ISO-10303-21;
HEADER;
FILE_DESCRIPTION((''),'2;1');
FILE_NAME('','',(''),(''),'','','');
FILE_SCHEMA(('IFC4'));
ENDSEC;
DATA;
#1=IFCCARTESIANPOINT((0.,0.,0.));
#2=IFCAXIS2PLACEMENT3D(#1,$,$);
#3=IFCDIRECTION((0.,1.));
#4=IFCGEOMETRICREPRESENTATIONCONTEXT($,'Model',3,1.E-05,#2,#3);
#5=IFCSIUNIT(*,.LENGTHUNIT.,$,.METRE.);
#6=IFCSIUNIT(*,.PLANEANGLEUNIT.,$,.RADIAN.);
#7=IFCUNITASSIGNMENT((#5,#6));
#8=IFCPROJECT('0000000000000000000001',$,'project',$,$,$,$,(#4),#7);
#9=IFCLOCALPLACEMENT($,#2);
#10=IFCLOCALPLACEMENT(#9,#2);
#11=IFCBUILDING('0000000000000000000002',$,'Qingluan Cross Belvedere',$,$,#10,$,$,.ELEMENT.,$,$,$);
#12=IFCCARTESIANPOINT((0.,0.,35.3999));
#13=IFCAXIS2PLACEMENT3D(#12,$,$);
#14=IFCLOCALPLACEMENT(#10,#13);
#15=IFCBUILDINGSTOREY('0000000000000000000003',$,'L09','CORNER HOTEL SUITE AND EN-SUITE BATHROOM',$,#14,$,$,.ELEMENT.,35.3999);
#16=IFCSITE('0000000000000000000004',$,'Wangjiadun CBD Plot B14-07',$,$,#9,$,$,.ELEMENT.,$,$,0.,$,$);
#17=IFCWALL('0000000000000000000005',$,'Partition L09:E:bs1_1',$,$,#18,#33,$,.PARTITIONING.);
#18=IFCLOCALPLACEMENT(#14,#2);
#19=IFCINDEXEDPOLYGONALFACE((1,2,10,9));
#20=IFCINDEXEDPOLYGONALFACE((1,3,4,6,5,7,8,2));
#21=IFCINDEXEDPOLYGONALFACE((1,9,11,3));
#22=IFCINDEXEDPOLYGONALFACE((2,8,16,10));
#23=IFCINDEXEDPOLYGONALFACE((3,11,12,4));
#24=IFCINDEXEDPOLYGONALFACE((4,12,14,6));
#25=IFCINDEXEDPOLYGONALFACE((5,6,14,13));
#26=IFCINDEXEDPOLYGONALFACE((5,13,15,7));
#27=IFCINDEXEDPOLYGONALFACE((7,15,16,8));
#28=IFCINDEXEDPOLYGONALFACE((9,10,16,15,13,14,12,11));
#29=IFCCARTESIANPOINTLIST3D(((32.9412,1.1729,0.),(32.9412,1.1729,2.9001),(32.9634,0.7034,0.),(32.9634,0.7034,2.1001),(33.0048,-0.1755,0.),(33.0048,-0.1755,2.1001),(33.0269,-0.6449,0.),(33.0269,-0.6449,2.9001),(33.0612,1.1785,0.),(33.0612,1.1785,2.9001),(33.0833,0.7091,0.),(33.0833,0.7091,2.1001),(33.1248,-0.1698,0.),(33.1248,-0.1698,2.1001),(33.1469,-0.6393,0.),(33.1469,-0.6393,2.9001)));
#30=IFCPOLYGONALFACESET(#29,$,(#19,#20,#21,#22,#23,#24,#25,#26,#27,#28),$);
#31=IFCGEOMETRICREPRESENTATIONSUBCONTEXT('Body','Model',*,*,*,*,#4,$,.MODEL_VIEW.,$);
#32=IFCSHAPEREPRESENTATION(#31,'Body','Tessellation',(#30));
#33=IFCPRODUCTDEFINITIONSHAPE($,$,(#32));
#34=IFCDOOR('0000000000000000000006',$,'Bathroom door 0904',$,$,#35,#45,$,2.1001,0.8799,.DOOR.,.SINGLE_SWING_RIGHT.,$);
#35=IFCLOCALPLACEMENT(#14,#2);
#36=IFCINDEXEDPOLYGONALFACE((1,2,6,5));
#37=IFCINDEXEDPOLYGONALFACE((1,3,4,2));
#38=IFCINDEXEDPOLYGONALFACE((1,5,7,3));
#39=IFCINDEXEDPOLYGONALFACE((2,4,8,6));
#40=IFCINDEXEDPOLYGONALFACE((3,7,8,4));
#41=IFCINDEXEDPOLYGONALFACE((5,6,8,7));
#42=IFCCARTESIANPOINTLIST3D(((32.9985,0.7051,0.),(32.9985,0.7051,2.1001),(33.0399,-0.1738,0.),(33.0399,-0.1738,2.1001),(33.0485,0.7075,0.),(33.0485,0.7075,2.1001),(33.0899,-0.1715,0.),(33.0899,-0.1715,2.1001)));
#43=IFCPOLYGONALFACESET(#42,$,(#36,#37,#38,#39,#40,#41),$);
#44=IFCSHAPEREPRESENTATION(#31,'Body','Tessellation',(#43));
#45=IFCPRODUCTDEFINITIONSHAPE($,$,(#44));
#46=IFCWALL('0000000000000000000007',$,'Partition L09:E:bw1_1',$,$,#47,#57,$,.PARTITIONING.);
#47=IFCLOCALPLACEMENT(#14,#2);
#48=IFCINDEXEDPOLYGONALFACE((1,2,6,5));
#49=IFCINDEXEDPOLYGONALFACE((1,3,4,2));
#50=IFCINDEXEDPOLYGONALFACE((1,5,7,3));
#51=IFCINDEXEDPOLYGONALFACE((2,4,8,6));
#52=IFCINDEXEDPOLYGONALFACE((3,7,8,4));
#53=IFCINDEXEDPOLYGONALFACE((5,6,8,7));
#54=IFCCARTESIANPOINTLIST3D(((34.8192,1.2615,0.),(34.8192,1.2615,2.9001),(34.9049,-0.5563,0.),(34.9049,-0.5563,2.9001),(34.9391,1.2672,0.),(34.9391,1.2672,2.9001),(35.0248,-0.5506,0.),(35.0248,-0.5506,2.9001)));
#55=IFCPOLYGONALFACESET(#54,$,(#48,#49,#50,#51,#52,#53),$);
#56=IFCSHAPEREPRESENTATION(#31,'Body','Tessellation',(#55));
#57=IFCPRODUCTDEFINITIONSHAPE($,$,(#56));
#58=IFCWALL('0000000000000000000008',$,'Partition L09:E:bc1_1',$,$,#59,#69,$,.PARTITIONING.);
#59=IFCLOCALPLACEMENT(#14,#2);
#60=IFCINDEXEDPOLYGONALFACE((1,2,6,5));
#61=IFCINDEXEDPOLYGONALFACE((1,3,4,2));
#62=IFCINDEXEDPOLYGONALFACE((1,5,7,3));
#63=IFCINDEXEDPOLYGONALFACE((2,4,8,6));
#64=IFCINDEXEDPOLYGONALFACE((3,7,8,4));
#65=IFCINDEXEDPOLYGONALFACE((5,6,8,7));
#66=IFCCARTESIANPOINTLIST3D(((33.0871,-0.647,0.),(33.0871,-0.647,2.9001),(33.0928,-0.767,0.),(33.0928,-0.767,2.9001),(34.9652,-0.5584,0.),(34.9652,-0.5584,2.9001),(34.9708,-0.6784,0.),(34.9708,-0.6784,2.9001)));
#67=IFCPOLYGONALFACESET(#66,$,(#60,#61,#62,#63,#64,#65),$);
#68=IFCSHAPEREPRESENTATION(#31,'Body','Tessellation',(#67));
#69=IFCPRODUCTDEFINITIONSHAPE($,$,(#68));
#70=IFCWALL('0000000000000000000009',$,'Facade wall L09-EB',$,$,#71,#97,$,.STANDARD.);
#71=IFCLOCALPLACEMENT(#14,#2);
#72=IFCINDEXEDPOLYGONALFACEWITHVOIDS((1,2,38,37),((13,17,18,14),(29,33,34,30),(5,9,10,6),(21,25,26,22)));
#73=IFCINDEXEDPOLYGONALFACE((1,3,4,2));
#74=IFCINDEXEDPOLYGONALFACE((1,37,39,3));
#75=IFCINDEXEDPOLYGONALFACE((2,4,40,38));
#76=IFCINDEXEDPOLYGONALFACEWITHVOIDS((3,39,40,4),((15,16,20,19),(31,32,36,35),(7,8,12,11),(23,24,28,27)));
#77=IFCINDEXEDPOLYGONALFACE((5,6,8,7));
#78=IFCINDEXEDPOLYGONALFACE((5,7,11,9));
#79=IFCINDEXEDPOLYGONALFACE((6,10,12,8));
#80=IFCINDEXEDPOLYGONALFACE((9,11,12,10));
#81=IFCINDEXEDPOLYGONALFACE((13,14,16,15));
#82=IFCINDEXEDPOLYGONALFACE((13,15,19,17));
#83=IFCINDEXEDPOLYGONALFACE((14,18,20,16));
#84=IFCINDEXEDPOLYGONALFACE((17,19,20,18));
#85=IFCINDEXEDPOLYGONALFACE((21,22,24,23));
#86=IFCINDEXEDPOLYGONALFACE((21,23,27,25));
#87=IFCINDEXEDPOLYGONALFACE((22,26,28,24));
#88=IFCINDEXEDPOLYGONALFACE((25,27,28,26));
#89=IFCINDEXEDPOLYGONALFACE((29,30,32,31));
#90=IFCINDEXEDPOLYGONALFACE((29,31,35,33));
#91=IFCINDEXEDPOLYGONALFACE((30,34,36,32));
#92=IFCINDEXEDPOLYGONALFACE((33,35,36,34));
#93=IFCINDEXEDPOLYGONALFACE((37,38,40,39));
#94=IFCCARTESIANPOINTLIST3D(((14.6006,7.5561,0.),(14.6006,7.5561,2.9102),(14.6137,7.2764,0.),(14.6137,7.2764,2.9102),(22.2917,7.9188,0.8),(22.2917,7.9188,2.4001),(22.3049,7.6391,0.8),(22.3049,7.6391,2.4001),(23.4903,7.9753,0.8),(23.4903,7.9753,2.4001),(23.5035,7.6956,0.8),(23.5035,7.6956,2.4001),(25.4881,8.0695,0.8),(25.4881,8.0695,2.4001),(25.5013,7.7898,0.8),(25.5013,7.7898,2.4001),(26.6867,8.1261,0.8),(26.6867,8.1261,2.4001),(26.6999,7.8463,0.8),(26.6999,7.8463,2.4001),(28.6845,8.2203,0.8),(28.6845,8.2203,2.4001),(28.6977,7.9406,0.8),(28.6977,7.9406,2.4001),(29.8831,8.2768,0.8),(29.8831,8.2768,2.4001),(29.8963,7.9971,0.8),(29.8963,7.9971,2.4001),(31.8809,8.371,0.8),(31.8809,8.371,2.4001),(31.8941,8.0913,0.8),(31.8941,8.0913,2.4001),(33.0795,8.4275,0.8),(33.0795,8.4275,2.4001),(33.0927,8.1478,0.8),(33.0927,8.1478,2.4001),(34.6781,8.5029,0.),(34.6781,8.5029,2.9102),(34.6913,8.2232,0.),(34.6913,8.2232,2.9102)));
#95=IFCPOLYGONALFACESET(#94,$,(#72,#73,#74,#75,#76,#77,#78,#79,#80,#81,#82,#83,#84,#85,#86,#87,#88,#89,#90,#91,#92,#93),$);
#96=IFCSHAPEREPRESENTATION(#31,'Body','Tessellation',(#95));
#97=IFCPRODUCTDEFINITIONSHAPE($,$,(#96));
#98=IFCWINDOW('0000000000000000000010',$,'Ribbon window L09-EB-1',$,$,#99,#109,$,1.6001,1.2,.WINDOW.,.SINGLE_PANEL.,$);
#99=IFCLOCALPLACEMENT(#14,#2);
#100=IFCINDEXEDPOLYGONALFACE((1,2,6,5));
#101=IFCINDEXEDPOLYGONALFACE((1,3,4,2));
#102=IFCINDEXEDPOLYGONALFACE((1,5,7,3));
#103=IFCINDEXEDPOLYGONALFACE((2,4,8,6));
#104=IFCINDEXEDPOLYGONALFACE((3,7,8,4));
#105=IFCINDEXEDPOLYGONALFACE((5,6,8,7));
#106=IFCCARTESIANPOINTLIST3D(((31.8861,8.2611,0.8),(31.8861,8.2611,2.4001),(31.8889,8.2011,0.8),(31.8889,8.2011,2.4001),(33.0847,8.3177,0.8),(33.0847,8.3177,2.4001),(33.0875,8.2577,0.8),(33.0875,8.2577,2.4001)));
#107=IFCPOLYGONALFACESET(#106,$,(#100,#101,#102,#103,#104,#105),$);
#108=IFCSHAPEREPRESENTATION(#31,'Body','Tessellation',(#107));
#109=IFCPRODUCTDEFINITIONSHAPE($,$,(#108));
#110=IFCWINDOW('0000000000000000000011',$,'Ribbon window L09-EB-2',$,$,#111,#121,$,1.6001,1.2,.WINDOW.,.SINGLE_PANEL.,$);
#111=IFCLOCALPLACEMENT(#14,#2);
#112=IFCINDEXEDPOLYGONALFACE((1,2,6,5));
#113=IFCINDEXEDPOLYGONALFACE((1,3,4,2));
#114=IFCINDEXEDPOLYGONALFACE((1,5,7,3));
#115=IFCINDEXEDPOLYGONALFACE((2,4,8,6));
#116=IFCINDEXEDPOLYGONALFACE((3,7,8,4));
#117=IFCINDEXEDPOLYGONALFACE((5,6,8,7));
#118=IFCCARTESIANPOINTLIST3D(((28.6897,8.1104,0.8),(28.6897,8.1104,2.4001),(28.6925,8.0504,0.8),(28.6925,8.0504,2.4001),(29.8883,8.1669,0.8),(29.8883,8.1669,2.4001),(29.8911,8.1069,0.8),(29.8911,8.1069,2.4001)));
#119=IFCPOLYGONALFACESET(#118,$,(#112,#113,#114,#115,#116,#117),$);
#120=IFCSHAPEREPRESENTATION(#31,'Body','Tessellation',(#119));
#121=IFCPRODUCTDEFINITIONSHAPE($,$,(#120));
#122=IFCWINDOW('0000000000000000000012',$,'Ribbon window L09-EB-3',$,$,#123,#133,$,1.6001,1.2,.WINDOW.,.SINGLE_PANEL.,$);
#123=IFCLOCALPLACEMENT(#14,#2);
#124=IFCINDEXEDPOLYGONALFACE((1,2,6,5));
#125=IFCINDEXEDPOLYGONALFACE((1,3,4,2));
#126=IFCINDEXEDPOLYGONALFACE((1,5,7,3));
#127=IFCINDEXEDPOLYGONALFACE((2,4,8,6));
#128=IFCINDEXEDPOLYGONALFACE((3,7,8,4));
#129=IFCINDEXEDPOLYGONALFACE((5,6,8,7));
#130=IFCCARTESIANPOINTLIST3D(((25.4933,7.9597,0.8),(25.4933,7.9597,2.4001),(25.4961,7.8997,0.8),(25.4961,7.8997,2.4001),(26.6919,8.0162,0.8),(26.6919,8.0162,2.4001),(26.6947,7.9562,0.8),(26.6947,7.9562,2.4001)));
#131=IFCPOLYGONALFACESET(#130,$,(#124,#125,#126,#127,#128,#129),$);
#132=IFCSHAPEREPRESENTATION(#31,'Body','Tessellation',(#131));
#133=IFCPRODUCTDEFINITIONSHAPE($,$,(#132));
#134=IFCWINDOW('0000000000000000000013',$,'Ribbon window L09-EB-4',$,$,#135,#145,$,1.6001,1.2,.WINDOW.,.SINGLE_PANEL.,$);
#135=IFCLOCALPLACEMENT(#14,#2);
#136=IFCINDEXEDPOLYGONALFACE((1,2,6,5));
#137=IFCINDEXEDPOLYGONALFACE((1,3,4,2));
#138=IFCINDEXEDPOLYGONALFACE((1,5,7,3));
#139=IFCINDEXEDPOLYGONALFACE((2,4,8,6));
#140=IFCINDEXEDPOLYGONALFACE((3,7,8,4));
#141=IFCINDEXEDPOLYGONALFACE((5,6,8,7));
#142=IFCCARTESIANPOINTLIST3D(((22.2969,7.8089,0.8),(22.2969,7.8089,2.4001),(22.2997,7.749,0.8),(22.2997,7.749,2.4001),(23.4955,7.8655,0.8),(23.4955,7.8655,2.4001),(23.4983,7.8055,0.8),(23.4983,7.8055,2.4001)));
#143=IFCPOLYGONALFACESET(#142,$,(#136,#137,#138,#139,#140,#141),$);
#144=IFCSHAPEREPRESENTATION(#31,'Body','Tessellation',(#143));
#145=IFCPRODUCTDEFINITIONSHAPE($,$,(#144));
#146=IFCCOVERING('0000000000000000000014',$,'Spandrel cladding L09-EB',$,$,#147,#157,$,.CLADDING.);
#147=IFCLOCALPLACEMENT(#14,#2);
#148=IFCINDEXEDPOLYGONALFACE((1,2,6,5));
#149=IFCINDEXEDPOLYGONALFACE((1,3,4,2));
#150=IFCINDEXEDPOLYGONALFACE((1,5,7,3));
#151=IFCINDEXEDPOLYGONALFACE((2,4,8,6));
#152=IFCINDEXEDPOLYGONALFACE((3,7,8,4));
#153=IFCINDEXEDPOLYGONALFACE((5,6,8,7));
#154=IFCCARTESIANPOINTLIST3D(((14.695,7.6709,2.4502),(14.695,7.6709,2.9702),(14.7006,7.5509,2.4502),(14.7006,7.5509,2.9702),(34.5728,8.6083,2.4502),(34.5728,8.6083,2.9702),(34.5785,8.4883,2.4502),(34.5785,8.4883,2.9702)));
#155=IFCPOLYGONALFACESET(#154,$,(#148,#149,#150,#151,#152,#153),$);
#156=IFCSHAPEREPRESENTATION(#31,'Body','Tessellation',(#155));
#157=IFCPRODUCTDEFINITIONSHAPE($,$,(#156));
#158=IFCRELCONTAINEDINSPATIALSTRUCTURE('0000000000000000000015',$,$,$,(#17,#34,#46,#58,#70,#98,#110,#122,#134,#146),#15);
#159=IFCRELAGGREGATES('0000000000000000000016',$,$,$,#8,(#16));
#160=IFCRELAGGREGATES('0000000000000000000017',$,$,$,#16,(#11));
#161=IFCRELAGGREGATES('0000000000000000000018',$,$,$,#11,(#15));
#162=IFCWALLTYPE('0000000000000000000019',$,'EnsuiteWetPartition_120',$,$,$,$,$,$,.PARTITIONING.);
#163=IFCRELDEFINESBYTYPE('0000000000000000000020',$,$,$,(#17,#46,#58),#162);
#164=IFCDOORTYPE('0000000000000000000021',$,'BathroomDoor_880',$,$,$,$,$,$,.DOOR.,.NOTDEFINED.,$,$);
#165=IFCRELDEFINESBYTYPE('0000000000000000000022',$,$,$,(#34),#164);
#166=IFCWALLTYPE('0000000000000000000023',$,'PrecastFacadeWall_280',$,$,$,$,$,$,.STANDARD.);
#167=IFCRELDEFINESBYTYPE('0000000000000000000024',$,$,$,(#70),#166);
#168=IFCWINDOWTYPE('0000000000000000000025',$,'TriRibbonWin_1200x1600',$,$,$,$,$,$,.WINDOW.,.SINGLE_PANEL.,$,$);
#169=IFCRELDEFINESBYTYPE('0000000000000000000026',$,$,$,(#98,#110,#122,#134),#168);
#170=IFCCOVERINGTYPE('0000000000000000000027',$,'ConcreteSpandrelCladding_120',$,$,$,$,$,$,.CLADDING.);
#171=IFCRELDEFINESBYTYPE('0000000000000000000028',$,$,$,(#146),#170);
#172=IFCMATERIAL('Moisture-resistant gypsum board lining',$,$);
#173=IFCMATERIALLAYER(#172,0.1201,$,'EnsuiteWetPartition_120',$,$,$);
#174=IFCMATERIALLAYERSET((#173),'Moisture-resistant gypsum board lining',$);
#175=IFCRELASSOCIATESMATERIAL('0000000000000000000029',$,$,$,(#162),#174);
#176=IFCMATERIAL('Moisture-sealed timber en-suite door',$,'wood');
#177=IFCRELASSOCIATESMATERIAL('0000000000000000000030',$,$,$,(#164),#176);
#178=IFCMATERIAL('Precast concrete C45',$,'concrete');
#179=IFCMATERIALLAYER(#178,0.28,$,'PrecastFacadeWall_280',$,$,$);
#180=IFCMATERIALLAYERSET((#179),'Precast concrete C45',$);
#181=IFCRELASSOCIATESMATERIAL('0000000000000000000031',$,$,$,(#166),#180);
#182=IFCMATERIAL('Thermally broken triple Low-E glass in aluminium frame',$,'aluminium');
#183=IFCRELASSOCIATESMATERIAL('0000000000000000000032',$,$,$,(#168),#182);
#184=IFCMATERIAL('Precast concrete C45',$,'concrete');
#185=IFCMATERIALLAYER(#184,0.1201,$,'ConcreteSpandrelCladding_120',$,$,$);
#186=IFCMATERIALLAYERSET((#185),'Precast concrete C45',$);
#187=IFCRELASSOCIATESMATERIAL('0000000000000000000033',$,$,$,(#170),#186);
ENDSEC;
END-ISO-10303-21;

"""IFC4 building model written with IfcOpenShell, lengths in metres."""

from ifc_helpers import new_model, si_unit, direction, frame, frame_2d, origin, origin_2d, place, context, subcontext, project, spatial, rectangle, extrude, material, layer, layer_set, type_object, element, fill, save


model = new_model("IFC4")

# Units and contexts
model_context = context("Model", 3, precision=1e-05, world=origin(), true_north=direction((0.0, 1.0)))
body_context = subcontext(model_context, "Body", "Model", "MODEL_VIEW")
ifc_project = project(units=[si_unit("LENGTHUNIT", "METRE"), si_unit("PLANEANGLEUNIT", "RADIAN")], contexts=[model_context])

# Site, building, storey
site_placement = place(None, origin())
site = spatial("IfcSite", under=ifc_project, at=site_placement, Name="Wangjiadun CBD Plot B14-07", CompositionType="ELEMENT", RefElevation=0.0)
building_placement = place(site_placement, origin())
building = spatial("IfcBuilding", under=site, at=building_placement, Name="Qingluan Cross Belvedere", CompositionType="ELEMENT")
storey_placement = place(building_placement, frame((0.0, 0.0, 35.3999)))
storey = spatial("IfcBuildingStorey", under=building, at=storey_placement, Name="L09", Description="CORNER HOTEL SUITE AND EN-SUITE BATHROOM", CompositionType="ELEMENT", Elevation=35.3999)

# Shared definitions
ifc_material_1 = material(Name="Moisture-resistant gypsum board lining")
ifc_layer_1 = layer(ifc_material_1, 0.1201, Name="EnsuiteWetPartition_120")
ifc_layer_set_1 = layer_set([ifc_layer_1], Name="Moisture-resistant gypsum board lining")
wall_type_1 = type_object("IfcWallType", Name="EnsuiteWetPartition_120", PredefinedType="PARTITIONING", material=ifc_layer_set_1)
ifc_material_2 = material(Name="Moisture-sealed timber en-suite door", Category="wood")
door_type = type_object("IfcDoorType", Name="BathroomDoor_880", OperationType="NOTDEFINED", PredefinedType="DOOR", material=ifc_material_2)

# Wall, opening, door
wall_1_placement = place(storey_placement, frame((33.0869, -0.6421, 0.0), z_axis=(0.0, 0.0, 1.0), x_axis=(-0.047087, 0.998891, 0.0)))
wall_1 = element("IfcWall", 1, at=wall_1_placement, inside=storey, type_object=wall_type_1, Name="Partition L09:E:bs1_1", PredefinedType="PARTITIONING", context=body_context, shape_type="SweptSolid", body=[
    extrude(rectangle(XDim=1.8198, YDim=0.1201, at=frame_2d((0.9099, 0.0))), origin(), (0.0, 0.0, 1.0), 2.9001),
])
opening_1_placement = place(wall_1_placement, frame((0.47, 0.0, 0.0)))
opening_1 = element("IfcOpeningElement", 2, at=opening_1_placement, cuts=wall_1, PredefinedType="OPENING", context=body_context, shape_type="SweptSolid", body=[
    extrude(rectangle(XDim=0.8799, YDim=2.1001, at=frame_2d((0.4399, 1.05))), frame((0.0, 0.0701, 0.0), z_axis=(0.0, -1.0, 0.0), x_axis=(1.0, 0.0, 0.0)), (0.0, 0.0, 1.0), 0.1401),
])
door_1_placement = place(opening_1_placement, origin())
door_1 = element("IfcDoor", 3, at=door_1_placement, inside=storey, type_object=door_type, Name="Bathroom door 0904", OperationType="SINGLE_SWING_RIGHT", OverallHeight=2.1001, OverallWidth=0.8799, PredefinedType="DOOR", context=body_context, shape_type="SweptSolid", body=[
    extrude(rectangle(XDim=0.8799, YDim=2.1001, at=frame_2d((0.4399, 1.05))), frame((0.0, 0.0249, 0.0), z_axis=(0.0, -1.0, 0.0), x_axis=(1.0, 0.0, 0.0)), (0.0, 0.0, 1.0), 0.05),
])
fill(opening_1, door_1)

# Walls
wall_2_placement = place(storey_placement, frame((34.9648, -0.5535, 0.0), z_axis=(0.0, 0.0, 1.0), x_axis=(-0.047087, 0.998891, 0.0)))
element("IfcWall", 4, at=wall_2_placement, inside=storey, type_object=wall_type_1, Name="Partition L09:E:bw1_1", PredefinedType="PARTITIONING", context=body_context, shape_type="SweptSolid", body=[
    extrude(rectangle(XDim=1.8198, YDim=0.1201, at=frame_2d((0.9099, 0.0))), origin(), (0.0, 0.0, 1.0), 2.9001),
])
wall_3_placement = place(storey_placement, frame((33.0901, -0.707, 0.0), z_axis=(0.0, 0.0, 1.0), x_axis=(0.998888, 0.047139, 0.0)))
element("IfcWall", 5, at=wall_3_placement, inside=storey, type_object=wall_type_1, Name="Partition L09:E:bc1_1", PredefinedType="PARTITIONING", context=body_context, shape_type="SweptSolid", body=[
    extrude(rectangle(XDim=1.8801, YDim=0.1201, at=frame_2d((0.9399, 0.0))), origin(), (0.0, 0.0, 1.0), 2.9001),
])

# Wall, openings, windows
ifc_material_3 = material(Name="Precast concrete C45", Category="concrete")
ifc_layer_2 = layer(ifc_material_3, 0.28, Name="PrecastFacadeWall_280")
ifc_layer_set_2 = layer_set([ifc_layer_2], Name="Precast concrete C45")
wall_type_2 = type_object("IfcWallType", Name="PrecastFacadeWall_280", PredefinedType="STANDARD", material=ifc_layer_set_2)
wall_4_placement = place(storey_placement, frame((34.6846, 8.363, 0.0), z_axis=(0.0, 0.0, 1.0), x_axis=(-0.99889, -0.047103, 0.0)))
wall_4 = element("IfcWall", 6, at=wall_4_placement, inside=storey, type_object=wall_type_2, Name="Facade wall L09-EB", PredefinedType="STANDARD", context=body_context, shape_type="SweptSolid", body=[
    extrude(rectangle(XDim=20.0999, YDim=0.28, at=frame_2d((10.0498, 0.0))), origin(), (0.0, 0.0, 1.0), 2.9102),
])
opening_2_placement = place(wall_4_placement, frame((1.6001, 0.0, 0.8)))
opening_2 = element("IfcOpeningElement", 7, at=opening_2_placement, cuts=wall_4, PredefinedType="OPENING", context=body_context, shape_type="SweptSolid", body=[
    extrude(rectangle(XDim=1.2, YDim=1.6001, at=frame_2d((0.6001, 0.8))), frame((0.0, 0.1499, 0.0), z_axis=(0.0, -1.0, 0.0), x_axis=(1.0, 0.0, 0.0)), (0.0, 0.0, 1.0), 0.3),
])
opening_3_placement = place(wall_4_placement, frame((4.8, 0.0, 0.8)))
opening_3 = element("IfcOpeningElement", 8, at=opening_3_placement, cuts=wall_4, PredefinedType="OPENING", context=body_context, shape_type="SweptSolid", body=[
    extrude(rectangle(XDim=1.2, YDim=1.6001, at=frame_2d((0.6001, 0.8))), frame((0.0, 0.1499, 0.0), z_axis=(0.0, -1.0, 0.0), x_axis=(1.0, 0.0, 0.0)), (0.0, 0.0, 1.0), 0.3),
])
opening_4_placement = place(wall_4_placement, frame((8.0, 0.0, 0.8)))
opening_4 = element("IfcOpeningElement", 9, at=opening_4_placement, cuts=wall_4, PredefinedType="OPENING", context=body_context, shape_type="SweptSolid", body=[
    extrude(rectangle(XDim=1.2, YDim=1.6001, at=frame_2d((0.6001, 0.8))), frame((0.0, 0.1499, 0.0), z_axis=(0.0, -1.0, 0.0), x_axis=(1.0, 0.0, 0.0)), (0.0, 0.0, 1.0), 0.3),
])
opening_5_placement = place(wall_4_placement, frame((11.2, 0.0, 0.8)))
opening_5 = element("IfcOpeningElement", 10, at=opening_5_placement, cuts=wall_4, PredefinedType="OPENING", context=body_context, shape_type="SweptSolid", body=[
    extrude(rectangle(XDim=1.2, YDim=1.6001, at=frame_2d((0.6001, 0.8))), frame((0.0, 0.1499, 0.0), z_axis=(0.0, -1.0, 0.0), x_axis=(1.0, 0.0, 0.0)), (0.0, 0.0, 1.0), 0.3),
])
ifc_material_4 = material(Name="Thermally broken triple Low-E glass in aluminium frame", Category="aluminium")
window_type = type_object("IfcWindowType", Name="TriRibbonWin_1200x1600", PartitioningType="SINGLE_PANEL", PredefinedType="WINDOW", material=ifc_material_4)
window_1_placement = place(opening_2_placement, origin())
window_1 = element("IfcWindow", 11, at=window_1_placement, inside=storey, type_object=window_type, Name="Ribbon window L09-EB-1", OverallHeight=1.6001, OverallWidth=1.2, PartitioningType="SINGLE_PANEL", PredefinedType="WINDOW", context=body_context, shape_type="SweptSolid", body=[
    extrude(rectangle(XDim=1.2, YDim=1.6001, at=frame_2d((0.6001, 0.8))), frame((0.0, 0.03, 0.0), z_axis=(0.0, -1.0, 0.0), x_axis=(1.0, 0.0, 0.0)), (0.0, 0.0, 1.0), 0.0601),
])
fill(opening_2, window_1)
window_2_placement = place(opening_3_placement, origin())
window_2 = element("IfcWindow", 12, at=window_2_placement, inside=storey, type_object=window_type, Name="Ribbon window L09-EB-2", OverallHeight=1.6001, OverallWidth=1.2, PartitioningType="SINGLE_PANEL", PredefinedType="WINDOW", context=body_context, shape_type="SweptSolid", body=[
    extrude(rectangle(XDim=1.2, YDim=1.6001, at=frame_2d((0.6001, 0.8))), frame((0.0, 0.03, 0.0), z_axis=(0.0, -1.0, 0.0), x_axis=(1.0, 0.0, 0.0)), (0.0, 0.0, 1.0), 0.0601),
])
fill(opening_3, window_2)
window_3_placement = place(opening_4_placement, origin())
window_3 = element("IfcWindow", 13, at=window_3_placement, inside=storey, type_object=window_type, Name="Ribbon window L09-EB-3", OverallHeight=1.6001, OverallWidth=1.2, PartitioningType="SINGLE_PANEL", PredefinedType="WINDOW", context=body_context, shape_type="SweptSolid", body=[
    extrude(rectangle(XDim=1.2, YDim=1.6001, at=frame_2d((0.6001, 0.8))), frame((0.0, 0.03, 0.0), z_axis=(0.0, -1.0, 0.0), x_axis=(1.0, 0.0, 0.0)), (0.0, 0.0, 1.0), 0.0601),
])
fill(opening_4, window_3)
window_4_placement = place(opening_5_placement, origin())
window_4 = element("IfcWindow", 14, at=window_4_placement, inside=storey, type_object=window_type, Name="Ribbon window L09-EB-4", OverallHeight=1.6001, OverallWidth=1.2, PartitioningType="SINGLE_PANEL", PredefinedType="WINDOW", context=body_context, shape_type="SweptSolid", body=[
    extrude(rectangle(XDim=1.2, YDim=1.6001, at=frame_2d((0.6001, 0.8))), frame((0.0, 0.03, 0.0), z_axis=(0.0, -1.0, 0.0), x_axis=(1.0, 0.0, 0.0)), (0.0, 0.0, 1.0), 0.0601),
])
fill(opening_5, window_4)

# Covering
ifc_material_5 = material(Name="Precast concrete C45", Category="concrete")
ifc_layer_3 = layer(ifc_material_5, 0.1201, Name="ConcreteSpandrelCladding_120")
ifc_layer_set_3 = layer_set([ifc_layer_3], Name="Precast concrete C45")
covering_type = type_object("IfcCoveringType", Name="ConcreteSpandrelCladding_120", PredefinedType="CLADDING", material=ifc_layer_set_3)
covering_placement = place(storey_placement, frame((24.6367, 8.0796, 2.4502), z_axis=(0.0, 0.0, 1.0), x_axis=(-0.99889, -0.047105, 0.0)))
element("IfcCovering", 15, at=covering_placement, inside=storey, type_object=covering_type, Name="Spandrel cladding L09-EB", PredefinedType="CLADDING", context=body_context, shape_type="SweptSolid", body=[
    extrude(rectangle(XDim=19.8999, YDim=0.1201, at=origin_2d()), origin(), (0.0, 0.0, 1.0), 0.52),
])

save(model, "model.ifc")
